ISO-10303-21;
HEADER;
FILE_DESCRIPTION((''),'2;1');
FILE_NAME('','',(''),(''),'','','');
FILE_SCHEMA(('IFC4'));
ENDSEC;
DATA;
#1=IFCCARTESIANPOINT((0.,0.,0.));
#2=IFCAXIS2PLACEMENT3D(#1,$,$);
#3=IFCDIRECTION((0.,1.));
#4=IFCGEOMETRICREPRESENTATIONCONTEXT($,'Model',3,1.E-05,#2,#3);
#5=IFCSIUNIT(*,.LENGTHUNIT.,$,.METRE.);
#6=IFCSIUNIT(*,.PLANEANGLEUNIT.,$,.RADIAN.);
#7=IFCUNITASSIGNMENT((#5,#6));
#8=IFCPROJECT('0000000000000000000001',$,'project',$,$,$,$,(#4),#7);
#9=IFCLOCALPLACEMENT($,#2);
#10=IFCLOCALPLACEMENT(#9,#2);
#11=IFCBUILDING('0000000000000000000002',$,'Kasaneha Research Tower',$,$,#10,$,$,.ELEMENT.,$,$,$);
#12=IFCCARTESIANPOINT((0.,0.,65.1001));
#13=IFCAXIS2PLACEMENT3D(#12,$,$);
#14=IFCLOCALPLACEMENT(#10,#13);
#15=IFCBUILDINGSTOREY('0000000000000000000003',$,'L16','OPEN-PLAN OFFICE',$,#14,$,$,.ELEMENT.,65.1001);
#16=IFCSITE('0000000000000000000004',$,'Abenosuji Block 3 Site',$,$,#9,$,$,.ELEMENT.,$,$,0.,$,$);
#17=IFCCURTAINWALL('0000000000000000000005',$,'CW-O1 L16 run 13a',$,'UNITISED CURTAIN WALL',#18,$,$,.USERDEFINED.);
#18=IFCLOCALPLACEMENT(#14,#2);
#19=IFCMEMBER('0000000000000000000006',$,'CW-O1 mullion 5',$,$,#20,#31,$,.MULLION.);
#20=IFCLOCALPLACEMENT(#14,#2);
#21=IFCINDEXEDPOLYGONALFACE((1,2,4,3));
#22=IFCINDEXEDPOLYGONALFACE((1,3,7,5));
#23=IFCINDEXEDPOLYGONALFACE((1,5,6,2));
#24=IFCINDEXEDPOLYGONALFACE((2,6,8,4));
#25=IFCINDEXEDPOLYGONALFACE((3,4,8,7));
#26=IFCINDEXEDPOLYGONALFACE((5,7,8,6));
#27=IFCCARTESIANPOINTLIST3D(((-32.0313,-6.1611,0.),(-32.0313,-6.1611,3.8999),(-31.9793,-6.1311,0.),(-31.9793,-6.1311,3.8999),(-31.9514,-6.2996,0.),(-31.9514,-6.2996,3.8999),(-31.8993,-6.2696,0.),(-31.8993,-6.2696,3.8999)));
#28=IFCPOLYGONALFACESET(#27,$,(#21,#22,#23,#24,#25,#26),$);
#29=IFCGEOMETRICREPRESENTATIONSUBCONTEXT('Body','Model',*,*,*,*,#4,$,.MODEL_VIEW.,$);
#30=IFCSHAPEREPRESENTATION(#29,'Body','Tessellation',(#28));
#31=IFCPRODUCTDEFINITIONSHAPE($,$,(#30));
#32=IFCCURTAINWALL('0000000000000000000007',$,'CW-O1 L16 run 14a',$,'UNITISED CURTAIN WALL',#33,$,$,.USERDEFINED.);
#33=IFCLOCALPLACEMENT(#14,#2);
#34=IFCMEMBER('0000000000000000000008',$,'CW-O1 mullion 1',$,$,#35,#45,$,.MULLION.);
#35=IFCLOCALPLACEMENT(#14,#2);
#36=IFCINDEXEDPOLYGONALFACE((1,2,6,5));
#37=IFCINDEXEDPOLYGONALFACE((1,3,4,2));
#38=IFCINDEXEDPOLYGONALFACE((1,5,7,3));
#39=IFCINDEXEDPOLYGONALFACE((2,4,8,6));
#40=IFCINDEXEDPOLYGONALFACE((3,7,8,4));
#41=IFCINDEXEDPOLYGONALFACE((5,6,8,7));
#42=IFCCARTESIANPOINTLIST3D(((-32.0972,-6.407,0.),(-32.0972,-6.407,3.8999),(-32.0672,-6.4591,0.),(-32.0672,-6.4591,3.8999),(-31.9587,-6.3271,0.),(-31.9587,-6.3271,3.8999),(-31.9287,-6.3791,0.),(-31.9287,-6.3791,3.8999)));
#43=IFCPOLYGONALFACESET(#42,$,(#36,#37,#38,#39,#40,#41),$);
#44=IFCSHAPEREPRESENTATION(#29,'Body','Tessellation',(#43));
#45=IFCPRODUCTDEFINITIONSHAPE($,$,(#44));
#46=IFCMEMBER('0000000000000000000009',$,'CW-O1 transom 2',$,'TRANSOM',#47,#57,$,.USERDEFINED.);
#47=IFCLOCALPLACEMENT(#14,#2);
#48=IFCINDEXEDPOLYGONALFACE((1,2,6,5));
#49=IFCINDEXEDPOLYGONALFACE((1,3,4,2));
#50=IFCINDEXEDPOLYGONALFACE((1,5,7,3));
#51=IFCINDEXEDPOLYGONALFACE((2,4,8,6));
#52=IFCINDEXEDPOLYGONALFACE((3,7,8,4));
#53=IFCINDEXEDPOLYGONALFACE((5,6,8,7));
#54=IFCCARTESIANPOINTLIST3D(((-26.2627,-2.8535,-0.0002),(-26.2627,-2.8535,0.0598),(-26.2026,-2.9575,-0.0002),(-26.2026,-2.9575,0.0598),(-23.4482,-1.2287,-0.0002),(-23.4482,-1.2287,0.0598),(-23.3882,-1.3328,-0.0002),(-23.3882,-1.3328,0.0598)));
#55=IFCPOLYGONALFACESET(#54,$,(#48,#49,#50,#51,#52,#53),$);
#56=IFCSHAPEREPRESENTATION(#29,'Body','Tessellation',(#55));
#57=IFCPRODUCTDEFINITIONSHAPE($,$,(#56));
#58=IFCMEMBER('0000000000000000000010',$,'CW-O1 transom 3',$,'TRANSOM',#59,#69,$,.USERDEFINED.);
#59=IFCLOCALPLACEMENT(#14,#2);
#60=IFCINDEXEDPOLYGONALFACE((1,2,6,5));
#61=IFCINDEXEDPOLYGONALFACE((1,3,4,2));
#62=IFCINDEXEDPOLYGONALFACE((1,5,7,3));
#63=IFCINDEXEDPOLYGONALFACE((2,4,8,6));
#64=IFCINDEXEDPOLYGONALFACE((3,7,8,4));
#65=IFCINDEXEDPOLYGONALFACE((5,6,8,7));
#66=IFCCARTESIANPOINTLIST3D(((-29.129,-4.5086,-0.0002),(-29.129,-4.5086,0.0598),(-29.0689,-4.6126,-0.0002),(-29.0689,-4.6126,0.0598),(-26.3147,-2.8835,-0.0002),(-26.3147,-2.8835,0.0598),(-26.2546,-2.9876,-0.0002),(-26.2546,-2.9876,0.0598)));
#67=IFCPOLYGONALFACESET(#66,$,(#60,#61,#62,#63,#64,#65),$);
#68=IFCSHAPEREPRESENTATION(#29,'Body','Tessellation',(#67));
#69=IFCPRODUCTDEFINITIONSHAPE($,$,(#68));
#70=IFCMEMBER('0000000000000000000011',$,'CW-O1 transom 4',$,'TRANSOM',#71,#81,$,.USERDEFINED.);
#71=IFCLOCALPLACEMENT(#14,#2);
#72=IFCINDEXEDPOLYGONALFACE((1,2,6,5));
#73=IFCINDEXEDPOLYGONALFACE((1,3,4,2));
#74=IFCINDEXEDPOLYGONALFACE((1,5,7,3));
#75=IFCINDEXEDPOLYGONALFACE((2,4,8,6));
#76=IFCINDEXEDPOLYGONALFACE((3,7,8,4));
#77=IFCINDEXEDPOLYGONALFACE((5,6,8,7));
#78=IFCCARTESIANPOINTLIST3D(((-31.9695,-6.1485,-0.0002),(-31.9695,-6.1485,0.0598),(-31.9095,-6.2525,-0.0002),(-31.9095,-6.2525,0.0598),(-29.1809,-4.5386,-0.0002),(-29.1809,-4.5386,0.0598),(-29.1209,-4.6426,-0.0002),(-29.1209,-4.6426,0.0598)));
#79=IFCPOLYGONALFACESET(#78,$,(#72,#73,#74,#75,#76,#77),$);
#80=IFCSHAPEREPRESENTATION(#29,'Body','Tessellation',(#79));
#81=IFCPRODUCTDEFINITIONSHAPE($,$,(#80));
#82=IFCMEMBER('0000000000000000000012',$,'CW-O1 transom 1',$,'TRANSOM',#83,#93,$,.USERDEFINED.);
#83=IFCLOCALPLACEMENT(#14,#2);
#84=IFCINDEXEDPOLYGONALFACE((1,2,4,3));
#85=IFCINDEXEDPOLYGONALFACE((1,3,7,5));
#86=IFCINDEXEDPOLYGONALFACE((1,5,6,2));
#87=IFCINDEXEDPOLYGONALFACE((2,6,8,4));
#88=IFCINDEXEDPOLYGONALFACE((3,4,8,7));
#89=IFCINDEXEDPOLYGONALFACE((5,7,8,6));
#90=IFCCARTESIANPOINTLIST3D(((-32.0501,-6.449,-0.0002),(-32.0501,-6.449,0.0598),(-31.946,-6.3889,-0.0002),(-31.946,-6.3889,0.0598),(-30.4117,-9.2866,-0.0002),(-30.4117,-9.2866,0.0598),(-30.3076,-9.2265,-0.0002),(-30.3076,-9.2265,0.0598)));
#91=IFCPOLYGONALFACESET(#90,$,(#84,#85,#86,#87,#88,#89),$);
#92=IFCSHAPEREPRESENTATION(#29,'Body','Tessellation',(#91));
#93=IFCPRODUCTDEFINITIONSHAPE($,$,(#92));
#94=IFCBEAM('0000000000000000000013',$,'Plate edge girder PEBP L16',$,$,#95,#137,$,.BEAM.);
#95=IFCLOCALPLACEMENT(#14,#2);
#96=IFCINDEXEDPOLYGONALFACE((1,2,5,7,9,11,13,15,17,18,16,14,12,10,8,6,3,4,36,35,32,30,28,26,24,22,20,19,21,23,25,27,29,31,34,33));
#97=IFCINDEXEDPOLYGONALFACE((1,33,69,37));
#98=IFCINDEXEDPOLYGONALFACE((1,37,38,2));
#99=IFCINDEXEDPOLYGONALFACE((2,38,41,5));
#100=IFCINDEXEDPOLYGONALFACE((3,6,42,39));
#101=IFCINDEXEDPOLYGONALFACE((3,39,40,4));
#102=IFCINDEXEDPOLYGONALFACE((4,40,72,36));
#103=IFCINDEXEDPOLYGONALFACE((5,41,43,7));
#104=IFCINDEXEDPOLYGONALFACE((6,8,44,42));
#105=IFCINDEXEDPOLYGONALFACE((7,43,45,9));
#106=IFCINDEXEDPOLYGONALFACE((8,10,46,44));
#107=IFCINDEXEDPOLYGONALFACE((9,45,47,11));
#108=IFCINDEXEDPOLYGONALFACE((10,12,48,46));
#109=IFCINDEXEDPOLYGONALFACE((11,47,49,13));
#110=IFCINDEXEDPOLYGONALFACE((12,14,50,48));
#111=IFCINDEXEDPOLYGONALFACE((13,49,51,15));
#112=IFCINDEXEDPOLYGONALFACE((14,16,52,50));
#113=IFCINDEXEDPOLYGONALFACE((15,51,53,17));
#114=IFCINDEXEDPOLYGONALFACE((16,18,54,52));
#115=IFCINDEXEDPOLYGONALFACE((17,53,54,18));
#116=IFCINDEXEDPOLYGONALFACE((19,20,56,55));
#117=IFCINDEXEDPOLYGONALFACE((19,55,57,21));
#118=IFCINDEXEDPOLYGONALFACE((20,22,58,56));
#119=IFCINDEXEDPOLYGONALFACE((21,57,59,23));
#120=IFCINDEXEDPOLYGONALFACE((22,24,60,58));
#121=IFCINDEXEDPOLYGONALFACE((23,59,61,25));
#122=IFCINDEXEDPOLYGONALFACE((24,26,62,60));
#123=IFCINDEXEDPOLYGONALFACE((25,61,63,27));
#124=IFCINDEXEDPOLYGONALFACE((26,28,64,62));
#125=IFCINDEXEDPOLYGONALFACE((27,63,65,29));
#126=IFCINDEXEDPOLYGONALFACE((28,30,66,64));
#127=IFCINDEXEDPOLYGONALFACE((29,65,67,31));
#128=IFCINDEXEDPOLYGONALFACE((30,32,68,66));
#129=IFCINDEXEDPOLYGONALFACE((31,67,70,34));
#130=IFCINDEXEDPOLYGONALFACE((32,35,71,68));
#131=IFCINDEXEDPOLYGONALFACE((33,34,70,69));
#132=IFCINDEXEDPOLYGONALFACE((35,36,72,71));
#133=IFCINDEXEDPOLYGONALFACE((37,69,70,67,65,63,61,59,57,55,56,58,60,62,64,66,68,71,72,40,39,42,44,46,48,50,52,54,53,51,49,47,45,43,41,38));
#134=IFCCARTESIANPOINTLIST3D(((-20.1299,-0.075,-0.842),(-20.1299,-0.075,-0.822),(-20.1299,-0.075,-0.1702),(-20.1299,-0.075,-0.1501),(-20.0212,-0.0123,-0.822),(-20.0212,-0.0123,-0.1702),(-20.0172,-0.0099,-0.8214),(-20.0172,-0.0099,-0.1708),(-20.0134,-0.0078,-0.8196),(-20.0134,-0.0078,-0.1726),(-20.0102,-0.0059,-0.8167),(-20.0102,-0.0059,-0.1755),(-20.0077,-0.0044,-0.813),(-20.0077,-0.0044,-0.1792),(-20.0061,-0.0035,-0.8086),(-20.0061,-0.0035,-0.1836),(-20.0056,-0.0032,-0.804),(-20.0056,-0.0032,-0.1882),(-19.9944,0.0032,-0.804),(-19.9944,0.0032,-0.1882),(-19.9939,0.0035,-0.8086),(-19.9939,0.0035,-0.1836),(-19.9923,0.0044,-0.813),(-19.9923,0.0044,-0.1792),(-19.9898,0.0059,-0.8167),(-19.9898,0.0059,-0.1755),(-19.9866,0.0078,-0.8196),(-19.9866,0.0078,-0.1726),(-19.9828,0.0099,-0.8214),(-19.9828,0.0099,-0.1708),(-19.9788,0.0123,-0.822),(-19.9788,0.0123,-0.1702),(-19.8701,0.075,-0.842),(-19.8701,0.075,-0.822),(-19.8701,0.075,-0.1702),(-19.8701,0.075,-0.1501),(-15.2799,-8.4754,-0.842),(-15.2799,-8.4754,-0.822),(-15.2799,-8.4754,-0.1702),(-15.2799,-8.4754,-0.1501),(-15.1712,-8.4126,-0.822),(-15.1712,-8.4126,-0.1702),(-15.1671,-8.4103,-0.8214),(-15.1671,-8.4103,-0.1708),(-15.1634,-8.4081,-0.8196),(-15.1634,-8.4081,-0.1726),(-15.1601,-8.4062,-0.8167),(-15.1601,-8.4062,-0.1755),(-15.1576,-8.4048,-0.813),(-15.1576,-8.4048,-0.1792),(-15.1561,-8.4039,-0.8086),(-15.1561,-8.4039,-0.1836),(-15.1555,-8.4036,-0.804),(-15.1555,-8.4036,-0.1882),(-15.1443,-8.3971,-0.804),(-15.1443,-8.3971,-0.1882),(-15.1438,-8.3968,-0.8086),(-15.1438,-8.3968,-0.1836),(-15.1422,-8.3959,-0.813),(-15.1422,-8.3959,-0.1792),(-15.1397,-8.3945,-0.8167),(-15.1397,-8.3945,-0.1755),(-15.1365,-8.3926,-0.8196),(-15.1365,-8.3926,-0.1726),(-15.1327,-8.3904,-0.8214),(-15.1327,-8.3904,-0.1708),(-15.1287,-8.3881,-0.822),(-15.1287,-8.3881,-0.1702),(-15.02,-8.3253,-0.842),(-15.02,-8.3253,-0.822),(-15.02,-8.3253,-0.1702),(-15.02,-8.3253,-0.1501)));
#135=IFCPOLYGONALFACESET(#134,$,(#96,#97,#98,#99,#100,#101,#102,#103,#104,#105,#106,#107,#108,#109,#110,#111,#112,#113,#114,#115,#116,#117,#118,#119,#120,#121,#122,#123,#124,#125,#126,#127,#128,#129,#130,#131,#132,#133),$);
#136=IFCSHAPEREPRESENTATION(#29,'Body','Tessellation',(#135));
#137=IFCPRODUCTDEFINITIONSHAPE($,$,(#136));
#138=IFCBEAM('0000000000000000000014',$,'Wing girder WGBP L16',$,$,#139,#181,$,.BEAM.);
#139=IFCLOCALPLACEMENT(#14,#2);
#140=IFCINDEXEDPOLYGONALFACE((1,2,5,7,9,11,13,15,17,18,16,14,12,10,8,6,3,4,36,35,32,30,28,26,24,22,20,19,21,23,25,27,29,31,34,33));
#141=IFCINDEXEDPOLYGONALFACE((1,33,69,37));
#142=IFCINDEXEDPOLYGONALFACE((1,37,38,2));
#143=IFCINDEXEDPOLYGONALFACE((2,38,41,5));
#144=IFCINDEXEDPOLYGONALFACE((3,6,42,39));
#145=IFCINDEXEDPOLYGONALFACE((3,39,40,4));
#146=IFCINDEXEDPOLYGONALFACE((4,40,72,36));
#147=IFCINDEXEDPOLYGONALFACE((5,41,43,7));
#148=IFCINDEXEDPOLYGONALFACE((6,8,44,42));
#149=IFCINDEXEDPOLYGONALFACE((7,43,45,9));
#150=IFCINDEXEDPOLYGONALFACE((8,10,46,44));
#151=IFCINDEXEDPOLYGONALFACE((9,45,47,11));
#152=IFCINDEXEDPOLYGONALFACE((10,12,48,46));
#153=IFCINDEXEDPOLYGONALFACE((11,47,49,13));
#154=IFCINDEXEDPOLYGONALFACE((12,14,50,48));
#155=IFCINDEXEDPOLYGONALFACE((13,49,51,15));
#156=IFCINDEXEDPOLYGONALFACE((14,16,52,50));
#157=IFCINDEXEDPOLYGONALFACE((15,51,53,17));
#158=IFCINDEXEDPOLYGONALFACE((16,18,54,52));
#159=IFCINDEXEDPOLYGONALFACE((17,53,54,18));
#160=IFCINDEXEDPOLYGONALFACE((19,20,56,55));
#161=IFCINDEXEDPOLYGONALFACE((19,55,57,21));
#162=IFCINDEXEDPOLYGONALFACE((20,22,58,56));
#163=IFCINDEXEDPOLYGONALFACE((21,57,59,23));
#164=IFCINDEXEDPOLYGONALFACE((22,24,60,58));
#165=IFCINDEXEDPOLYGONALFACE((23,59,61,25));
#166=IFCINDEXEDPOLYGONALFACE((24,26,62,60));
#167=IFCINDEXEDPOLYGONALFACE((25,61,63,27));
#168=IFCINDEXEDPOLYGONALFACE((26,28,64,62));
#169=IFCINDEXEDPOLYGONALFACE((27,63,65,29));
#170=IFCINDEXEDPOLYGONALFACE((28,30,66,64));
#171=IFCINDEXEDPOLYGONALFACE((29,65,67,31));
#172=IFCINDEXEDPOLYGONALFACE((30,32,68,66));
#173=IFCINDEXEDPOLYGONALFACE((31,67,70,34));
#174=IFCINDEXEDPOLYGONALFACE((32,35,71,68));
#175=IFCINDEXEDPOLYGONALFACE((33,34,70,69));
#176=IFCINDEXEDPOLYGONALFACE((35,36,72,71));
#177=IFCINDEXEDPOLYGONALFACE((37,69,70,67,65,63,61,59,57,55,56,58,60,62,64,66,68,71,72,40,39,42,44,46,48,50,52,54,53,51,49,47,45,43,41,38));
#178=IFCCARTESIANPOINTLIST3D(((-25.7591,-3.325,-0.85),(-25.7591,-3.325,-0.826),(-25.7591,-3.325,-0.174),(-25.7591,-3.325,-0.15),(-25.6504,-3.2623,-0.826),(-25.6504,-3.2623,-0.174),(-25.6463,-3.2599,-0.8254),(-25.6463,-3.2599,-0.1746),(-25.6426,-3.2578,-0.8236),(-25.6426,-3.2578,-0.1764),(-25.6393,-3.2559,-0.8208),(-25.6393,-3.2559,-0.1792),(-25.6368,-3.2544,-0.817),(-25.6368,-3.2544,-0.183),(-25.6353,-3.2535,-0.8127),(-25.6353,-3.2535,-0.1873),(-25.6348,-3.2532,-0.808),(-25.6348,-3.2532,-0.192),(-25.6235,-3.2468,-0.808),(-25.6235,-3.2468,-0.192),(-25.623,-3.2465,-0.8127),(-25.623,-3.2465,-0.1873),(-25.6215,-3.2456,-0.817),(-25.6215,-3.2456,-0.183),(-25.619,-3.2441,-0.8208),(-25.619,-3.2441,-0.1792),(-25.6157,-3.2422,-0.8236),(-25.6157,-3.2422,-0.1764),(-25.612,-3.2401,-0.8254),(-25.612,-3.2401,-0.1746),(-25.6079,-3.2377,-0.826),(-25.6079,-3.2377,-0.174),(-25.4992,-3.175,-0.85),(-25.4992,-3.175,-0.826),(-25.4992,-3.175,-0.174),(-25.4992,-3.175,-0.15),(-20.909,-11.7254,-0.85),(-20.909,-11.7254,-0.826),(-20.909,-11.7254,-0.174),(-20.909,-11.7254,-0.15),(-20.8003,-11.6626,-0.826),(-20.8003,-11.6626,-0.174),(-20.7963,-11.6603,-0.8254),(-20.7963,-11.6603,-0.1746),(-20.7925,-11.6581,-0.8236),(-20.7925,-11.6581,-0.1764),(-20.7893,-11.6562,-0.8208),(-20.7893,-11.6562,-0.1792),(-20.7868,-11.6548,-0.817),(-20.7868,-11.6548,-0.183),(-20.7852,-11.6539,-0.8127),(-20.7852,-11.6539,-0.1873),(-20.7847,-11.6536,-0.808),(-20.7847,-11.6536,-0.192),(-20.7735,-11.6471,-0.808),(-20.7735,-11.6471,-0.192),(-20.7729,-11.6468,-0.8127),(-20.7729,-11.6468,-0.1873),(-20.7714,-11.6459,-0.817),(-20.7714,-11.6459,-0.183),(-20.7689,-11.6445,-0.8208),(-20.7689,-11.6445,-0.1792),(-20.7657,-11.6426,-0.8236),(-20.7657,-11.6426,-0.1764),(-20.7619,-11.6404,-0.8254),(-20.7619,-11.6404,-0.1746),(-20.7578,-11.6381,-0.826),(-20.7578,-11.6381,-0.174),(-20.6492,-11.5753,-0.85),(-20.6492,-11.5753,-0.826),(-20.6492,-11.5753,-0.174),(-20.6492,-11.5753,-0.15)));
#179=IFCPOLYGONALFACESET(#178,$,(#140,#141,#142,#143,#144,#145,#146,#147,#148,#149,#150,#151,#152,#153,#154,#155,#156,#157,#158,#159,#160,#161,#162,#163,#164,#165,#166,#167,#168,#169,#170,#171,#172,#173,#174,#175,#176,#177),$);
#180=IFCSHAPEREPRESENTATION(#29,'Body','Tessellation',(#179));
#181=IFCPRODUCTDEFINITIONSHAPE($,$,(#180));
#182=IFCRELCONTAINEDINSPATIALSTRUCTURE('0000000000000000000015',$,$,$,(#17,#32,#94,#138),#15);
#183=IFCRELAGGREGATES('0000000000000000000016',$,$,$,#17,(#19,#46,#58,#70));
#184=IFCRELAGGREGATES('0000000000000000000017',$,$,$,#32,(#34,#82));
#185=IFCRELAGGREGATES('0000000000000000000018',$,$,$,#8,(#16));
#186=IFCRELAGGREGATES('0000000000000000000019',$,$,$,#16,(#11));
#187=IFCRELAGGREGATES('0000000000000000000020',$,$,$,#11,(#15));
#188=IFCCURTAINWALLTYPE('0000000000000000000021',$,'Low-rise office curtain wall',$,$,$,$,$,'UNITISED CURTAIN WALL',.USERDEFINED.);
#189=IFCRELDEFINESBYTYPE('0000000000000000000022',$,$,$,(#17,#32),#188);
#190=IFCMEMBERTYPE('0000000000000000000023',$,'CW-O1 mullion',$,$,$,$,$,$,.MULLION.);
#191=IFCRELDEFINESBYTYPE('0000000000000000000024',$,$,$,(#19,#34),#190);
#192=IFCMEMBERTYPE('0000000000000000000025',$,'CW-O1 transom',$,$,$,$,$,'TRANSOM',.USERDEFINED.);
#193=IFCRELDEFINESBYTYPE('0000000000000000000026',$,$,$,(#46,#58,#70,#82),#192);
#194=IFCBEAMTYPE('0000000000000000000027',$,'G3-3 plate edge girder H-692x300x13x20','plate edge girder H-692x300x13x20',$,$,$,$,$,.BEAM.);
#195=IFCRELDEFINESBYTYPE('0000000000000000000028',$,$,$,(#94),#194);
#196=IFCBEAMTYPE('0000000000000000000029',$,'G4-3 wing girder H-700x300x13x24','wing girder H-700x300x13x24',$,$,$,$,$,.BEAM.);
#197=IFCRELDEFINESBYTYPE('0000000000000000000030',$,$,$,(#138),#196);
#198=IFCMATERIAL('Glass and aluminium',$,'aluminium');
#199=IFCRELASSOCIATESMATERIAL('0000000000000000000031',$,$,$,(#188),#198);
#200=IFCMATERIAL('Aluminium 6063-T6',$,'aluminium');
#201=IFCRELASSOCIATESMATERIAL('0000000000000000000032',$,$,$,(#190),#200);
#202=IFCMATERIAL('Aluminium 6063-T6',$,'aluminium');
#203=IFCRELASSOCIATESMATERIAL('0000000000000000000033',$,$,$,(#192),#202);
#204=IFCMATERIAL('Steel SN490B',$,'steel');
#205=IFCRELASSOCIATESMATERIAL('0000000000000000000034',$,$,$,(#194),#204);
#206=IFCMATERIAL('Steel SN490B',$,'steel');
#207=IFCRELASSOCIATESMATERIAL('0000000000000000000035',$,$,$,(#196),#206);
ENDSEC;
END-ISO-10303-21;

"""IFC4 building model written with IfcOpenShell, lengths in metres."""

from ifc_helpers import new_model, si_unit, direction, frame, origin, origin_2d, place, context, subcontext, project, spatial, rectangle, i_section, extrude, material, material_profile, profile_set, type_object, element, aggregate, save


model = new_model("IFC4")

# Units and contexts
model_context = context("Model", 3, precision=1e-05, world=origin(), true_north=direction((0.0, 1.0)))
body_context = subcontext(model_context, "Body", "Model", "MODEL_VIEW")
ifc_project = project(units=[si_unit("LENGTHUNIT", "METRE"), si_unit("PLANEANGLEUNIT", "RADIAN")], contexts=[model_context])

# Site, building, storey
site_placement = place(None, origin())
site = spatial("IfcSite", under=ifc_project, at=site_placement, Name="Abenosuji Block 3 Site", CompositionType="ELEMENT", RefElevation=0.0)
building_placement = place(site_placement, origin())
building = spatial("IfcBuilding", under=site, at=building_placement, Name="Kasaneha Research Tower", CompositionType="ELEMENT")
storey_placement = place(building_placement, frame((0.0, 0.0, 65.1001)))
storey = spatial("IfcBuildingStorey", under=building, at=storey_placement, Name="L16", Description="OPEN-PLAN OFFICE", CompositionType="ELEMENT", Elevation=65.1001)

# Curtain wall, member
ifc_material_1 = material(Name="Glass and aluminium", Category="aluminium")
curtain_wall_type = type_object("IfcCurtainWallType", Name="Low-rise office curtain wall", ElementType="UNITISED CURTAIN WALL", PredefinedType="USERDEFINED", material=ifc_material_1)
curtain_wall_1_placement = place(storey_placement, origin())
curtain_wall_1 = element("IfcCurtainWall", 1, at=curtain_wall_1_placement, inside=storey, type_object=curtain_wall_type, Name="CW-O1 L16 run 13a", ObjectType="UNITISED CURTAIN WALL", PredefinedType="USERDEFINED")
ifc_material_2 = material(Name="Aluminium 6063-T6", Category="aluminium")
ifc_material_profile_1 = material_profile(ifc_material_2, rectangle(XDim=0.0601, YDim=0.1599, at=origin_2d()), Name="CW-O1 mullion 60x160")
ifc_profile_set_1 = profile_set([ifc_material_profile_1], Name="Aluminium 6063-T6")
member_type_1 = type_object("IfcMemberType", Name="CW-O1 mullion", PredefinedType="MULLION", material=ifc_profile_set_1)
member_1_placement = place(storey_placement, frame((-31.9653, -6.2153, 0.0), z_axis=(0.0, 0.0, 1.0), x_axis=(-0.866025, -0.5, 0.0)))
member_1 = element("IfcMember", 2, at=member_1_placement, type_object=member_type_1, Name="CW-O1 mullion 5", PredefinedType="MULLION", context=body_context, shape_type="SweptSolid", body=[
    extrude(rectangle(XDim=0.0601, YDim=0.1599, at=origin_2d()), origin(), (0.0, 0.0, 1.0), 3.8999),
])

# Curtain wall, member
curtain_wall_2_placement = place(storey_placement, origin())
curtain_wall_2 = element("IfcCurtainWall", 3, at=curtain_wall_2_placement, inside=storey, type_object=curtain_wall_type, Name="CW-O1 L16 run 14a", ObjectType="UNITISED CURTAIN WALL", PredefinedType="USERDEFINED")
member_2_placement = place(storey_placement, frame((-32.0129, -6.3931, 0.0), z_axis=(0.0, 0.0, 1.0), x_axis=(0.5, -0.866025, 0.0)))
member_2 = element("IfcMember", 4, at=member_2_placement, type_object=member_type_1, Name="CW-O1 mullion 1", PredefinedType="MULLION", context=body_context, shape_type="SweptSolid", body=[
    extrude(rectangle(XDim=0.0601, YDim=0.1599, at=origin_2d()), origin(), (0.0, 0.0, 1.0), 3.8999),
])

# Members
ifc_material_3 = material(Name="Aluminium 6063-T6", Category="aluminium")
ifc_material_profile_2 = material_profile(ifc_material_3, rectangle(XDim=0.1201, YDim=0.0601, at=origin_2d()), Name="CW-O1 transom 120x60")
ifc_profile_set_2 = profile_set([ifc_material_profile_2], Name="Aluminium 6063-T6")
member_type_2 = type_object("IfcMemberType", Name="CW-O1 transom", ElementType="TRANSOM", PredefinedType="USERDEFINED", material=ifc_profile_set_2)
member_3_placement = place(storey_placement, frame((-23.4182, -1.2808, 0.0298), z_axis=(-0.866048, -0.499961, 0.0), x_axis=(0.499961, -0.866048, 0.0)))
member_3 = element("IfcMember", 5, at=member_3_placement, type_object=member_type_2, Name="CW-O1 transom 2", ObjectType="TRANSOM", PredefinedType="USERDEFINED", context=body_context, shape_type="SweptSolid", body=[
    extrude(rectangle(XDim=0.1201, YDim=0.0601, at=origin_2d()), origin(), (0.0, 0.0, 1.0), 3.2498),
])
member_4_placement = place(storey_placement, frame((-26.2847, -2.9355, 0.0298), z_axis=(-0.865997, -0.50005, 0.0), x_axis=(0.50005, -0.865997, 0.0)))
member_4 = element("IfcMember", 6, at=member_4_placement, type_object=member_type_2, Name="CW-O1 transom 3", ObjectType="TRANSOM", PredefinedType="USERDEFINED", context=body_context, shape_type="SweptSolid", body=[
    extrude(rectangle(XDim=0.1201, YDim=0.0601, at=origin_2d()), origin(), (0.0, 0.0, 1.0), 3.2498),
])
member_5_placement = place(storey_placement, frame((-29.1509, -4.5906, 0.0298), z_axis=(-0.866042, -0.499972, 0.0), x_axis=(0.499972, -0.866042, 0.0)))
member_5 = element("IfcMember", 7, at=member_5_placement, type_object=member_type_2, Name="CW-O1 transom 4", ObjectType="TRANSOM", PredefinedType="USERDEFINED", context=body_context, shape_type="SweptSolid", body=[
    extrude(rectangle(XDim=0.1201, YDim=0.0601, at=origin_2d()), origin(), (0.0, 0.0, 1.0), 3.22),
])
member_6_placement = place(storey_placement, frame((-31.998, -6.4189, 0.0298), z_axis=(0.500026, -0.866011, 0.0), x_axis=(0.866011, 0.500026, 0.0)))
member_6 = element("IfcMember", 8, at=member_6_placement, type_object=member_type_2, Name="CW-O1 transom 1", ObjectType="TRANSOM", PredefinedType="USERDEFINED", context=body_context, shape_type="SweptSolid", body=[
    extrude(rectangle(XDim=0.1201, YDim=0.0601, at=origin_2d()), origin(), (0.0, 0.0, 1.0), 3.2766),
])

# Beams
ifc_material_4 = material(Name="Steel SN490B", Category="steel")
ifc_material_profile_3 = material_profile(ifc_material_4, i_section(OverallWidth=0.3, OverallDepth=0.6919, WebThickness=0.0129, FlangeThickness=0.02, FilletRadius=0.0181, at=origin_2d()), Name="H-692x300x13x20")
ifc_profile_set_3 = profile_set([ifc_material_profile_3], Name="Steel SN490B")
beam_type_1 = type_object("IfcBeamType", Name="G3-3 plate edge girder H-692x300x13x20", Description="plate edge girder H-692x300x13x20", PredefinedType="BEAM", material=ifc_profile_set_3)
beam_1_placement = place(storey_placement, frame((-20.0, 0.0, -0.4961), z_axis=(0.50001, -0.86602, 0.0), x_axis=(0.86602, 0.50001, 0.0)))
element("IfcBeam", 9, at=beam_1_placement, inside=storey, type_object=beam_type_1, Name="Plate edge girder PEBP L16", PredefinedType="BEAM", context=body_context, shape_type="SweptSolid", body=[
    extrude(i_section(OverallWidth=0.3, OverallDepth=0.6919, WebThickness=0.0129, FlangeThickness=0.02, FilletRadius=0.0181, at=origin_2d()), origin(), (0.0, 0.0, 1.0), 9.7),
])
ifc_material_5 = material(Name="Steel SN490B", Category="steel")
ifc_material_profile_4 = material_profile(ifc_material_5, i_section(OverallWidth=0.3, OverallDepth=0.7, WebThickness=0.0129, FlangeThickness=0.0239, FilletRadius=0.0181, at=origin_2d()), Name="H-700x300x13x24")
ifc_profile_set_4 = profile_set([ifc_material_profile_4], Name="Steel SN490B")
beam_type_2 = type_object("IfcBeamType", Name="G4-3 wing girder H-700x300x13x24", Description="wing girder H-700x300x13x24", PredefinedType="BEAM", material=ifc_profile_set_4)
beam_2_placement = place(storey_placement, frame((-25.6292, -3.25, -0.5), z_axis=(0.50001, -0.86602, 0.0), x_axis=(0.86602, 0.50001, 0.0)))
element("IfcBeam", 10, at=beam_2_placement, inside=storey, type_object=beam_type_2, Name="Wing girder WGBP L16", PredefinedType="BEAM", context=body_context, shape_type="SweptSolid", body=[
    extrude(i_section(OverallWidth=0.3, OverallDepth=0.7, WebThickness=0.0129, FlangeThickness=0.0239, FilletRadius=0.0181, at=origin_2d()), origin(), (0.0, 0.0, 1.0), 9.7),
])

aggregate(curtain_wall_1, [member_1, member_3, member_4, member_5])
aggregate(curtain_wall_2, [member_2, member_6])

save(model, "model.ifc")
